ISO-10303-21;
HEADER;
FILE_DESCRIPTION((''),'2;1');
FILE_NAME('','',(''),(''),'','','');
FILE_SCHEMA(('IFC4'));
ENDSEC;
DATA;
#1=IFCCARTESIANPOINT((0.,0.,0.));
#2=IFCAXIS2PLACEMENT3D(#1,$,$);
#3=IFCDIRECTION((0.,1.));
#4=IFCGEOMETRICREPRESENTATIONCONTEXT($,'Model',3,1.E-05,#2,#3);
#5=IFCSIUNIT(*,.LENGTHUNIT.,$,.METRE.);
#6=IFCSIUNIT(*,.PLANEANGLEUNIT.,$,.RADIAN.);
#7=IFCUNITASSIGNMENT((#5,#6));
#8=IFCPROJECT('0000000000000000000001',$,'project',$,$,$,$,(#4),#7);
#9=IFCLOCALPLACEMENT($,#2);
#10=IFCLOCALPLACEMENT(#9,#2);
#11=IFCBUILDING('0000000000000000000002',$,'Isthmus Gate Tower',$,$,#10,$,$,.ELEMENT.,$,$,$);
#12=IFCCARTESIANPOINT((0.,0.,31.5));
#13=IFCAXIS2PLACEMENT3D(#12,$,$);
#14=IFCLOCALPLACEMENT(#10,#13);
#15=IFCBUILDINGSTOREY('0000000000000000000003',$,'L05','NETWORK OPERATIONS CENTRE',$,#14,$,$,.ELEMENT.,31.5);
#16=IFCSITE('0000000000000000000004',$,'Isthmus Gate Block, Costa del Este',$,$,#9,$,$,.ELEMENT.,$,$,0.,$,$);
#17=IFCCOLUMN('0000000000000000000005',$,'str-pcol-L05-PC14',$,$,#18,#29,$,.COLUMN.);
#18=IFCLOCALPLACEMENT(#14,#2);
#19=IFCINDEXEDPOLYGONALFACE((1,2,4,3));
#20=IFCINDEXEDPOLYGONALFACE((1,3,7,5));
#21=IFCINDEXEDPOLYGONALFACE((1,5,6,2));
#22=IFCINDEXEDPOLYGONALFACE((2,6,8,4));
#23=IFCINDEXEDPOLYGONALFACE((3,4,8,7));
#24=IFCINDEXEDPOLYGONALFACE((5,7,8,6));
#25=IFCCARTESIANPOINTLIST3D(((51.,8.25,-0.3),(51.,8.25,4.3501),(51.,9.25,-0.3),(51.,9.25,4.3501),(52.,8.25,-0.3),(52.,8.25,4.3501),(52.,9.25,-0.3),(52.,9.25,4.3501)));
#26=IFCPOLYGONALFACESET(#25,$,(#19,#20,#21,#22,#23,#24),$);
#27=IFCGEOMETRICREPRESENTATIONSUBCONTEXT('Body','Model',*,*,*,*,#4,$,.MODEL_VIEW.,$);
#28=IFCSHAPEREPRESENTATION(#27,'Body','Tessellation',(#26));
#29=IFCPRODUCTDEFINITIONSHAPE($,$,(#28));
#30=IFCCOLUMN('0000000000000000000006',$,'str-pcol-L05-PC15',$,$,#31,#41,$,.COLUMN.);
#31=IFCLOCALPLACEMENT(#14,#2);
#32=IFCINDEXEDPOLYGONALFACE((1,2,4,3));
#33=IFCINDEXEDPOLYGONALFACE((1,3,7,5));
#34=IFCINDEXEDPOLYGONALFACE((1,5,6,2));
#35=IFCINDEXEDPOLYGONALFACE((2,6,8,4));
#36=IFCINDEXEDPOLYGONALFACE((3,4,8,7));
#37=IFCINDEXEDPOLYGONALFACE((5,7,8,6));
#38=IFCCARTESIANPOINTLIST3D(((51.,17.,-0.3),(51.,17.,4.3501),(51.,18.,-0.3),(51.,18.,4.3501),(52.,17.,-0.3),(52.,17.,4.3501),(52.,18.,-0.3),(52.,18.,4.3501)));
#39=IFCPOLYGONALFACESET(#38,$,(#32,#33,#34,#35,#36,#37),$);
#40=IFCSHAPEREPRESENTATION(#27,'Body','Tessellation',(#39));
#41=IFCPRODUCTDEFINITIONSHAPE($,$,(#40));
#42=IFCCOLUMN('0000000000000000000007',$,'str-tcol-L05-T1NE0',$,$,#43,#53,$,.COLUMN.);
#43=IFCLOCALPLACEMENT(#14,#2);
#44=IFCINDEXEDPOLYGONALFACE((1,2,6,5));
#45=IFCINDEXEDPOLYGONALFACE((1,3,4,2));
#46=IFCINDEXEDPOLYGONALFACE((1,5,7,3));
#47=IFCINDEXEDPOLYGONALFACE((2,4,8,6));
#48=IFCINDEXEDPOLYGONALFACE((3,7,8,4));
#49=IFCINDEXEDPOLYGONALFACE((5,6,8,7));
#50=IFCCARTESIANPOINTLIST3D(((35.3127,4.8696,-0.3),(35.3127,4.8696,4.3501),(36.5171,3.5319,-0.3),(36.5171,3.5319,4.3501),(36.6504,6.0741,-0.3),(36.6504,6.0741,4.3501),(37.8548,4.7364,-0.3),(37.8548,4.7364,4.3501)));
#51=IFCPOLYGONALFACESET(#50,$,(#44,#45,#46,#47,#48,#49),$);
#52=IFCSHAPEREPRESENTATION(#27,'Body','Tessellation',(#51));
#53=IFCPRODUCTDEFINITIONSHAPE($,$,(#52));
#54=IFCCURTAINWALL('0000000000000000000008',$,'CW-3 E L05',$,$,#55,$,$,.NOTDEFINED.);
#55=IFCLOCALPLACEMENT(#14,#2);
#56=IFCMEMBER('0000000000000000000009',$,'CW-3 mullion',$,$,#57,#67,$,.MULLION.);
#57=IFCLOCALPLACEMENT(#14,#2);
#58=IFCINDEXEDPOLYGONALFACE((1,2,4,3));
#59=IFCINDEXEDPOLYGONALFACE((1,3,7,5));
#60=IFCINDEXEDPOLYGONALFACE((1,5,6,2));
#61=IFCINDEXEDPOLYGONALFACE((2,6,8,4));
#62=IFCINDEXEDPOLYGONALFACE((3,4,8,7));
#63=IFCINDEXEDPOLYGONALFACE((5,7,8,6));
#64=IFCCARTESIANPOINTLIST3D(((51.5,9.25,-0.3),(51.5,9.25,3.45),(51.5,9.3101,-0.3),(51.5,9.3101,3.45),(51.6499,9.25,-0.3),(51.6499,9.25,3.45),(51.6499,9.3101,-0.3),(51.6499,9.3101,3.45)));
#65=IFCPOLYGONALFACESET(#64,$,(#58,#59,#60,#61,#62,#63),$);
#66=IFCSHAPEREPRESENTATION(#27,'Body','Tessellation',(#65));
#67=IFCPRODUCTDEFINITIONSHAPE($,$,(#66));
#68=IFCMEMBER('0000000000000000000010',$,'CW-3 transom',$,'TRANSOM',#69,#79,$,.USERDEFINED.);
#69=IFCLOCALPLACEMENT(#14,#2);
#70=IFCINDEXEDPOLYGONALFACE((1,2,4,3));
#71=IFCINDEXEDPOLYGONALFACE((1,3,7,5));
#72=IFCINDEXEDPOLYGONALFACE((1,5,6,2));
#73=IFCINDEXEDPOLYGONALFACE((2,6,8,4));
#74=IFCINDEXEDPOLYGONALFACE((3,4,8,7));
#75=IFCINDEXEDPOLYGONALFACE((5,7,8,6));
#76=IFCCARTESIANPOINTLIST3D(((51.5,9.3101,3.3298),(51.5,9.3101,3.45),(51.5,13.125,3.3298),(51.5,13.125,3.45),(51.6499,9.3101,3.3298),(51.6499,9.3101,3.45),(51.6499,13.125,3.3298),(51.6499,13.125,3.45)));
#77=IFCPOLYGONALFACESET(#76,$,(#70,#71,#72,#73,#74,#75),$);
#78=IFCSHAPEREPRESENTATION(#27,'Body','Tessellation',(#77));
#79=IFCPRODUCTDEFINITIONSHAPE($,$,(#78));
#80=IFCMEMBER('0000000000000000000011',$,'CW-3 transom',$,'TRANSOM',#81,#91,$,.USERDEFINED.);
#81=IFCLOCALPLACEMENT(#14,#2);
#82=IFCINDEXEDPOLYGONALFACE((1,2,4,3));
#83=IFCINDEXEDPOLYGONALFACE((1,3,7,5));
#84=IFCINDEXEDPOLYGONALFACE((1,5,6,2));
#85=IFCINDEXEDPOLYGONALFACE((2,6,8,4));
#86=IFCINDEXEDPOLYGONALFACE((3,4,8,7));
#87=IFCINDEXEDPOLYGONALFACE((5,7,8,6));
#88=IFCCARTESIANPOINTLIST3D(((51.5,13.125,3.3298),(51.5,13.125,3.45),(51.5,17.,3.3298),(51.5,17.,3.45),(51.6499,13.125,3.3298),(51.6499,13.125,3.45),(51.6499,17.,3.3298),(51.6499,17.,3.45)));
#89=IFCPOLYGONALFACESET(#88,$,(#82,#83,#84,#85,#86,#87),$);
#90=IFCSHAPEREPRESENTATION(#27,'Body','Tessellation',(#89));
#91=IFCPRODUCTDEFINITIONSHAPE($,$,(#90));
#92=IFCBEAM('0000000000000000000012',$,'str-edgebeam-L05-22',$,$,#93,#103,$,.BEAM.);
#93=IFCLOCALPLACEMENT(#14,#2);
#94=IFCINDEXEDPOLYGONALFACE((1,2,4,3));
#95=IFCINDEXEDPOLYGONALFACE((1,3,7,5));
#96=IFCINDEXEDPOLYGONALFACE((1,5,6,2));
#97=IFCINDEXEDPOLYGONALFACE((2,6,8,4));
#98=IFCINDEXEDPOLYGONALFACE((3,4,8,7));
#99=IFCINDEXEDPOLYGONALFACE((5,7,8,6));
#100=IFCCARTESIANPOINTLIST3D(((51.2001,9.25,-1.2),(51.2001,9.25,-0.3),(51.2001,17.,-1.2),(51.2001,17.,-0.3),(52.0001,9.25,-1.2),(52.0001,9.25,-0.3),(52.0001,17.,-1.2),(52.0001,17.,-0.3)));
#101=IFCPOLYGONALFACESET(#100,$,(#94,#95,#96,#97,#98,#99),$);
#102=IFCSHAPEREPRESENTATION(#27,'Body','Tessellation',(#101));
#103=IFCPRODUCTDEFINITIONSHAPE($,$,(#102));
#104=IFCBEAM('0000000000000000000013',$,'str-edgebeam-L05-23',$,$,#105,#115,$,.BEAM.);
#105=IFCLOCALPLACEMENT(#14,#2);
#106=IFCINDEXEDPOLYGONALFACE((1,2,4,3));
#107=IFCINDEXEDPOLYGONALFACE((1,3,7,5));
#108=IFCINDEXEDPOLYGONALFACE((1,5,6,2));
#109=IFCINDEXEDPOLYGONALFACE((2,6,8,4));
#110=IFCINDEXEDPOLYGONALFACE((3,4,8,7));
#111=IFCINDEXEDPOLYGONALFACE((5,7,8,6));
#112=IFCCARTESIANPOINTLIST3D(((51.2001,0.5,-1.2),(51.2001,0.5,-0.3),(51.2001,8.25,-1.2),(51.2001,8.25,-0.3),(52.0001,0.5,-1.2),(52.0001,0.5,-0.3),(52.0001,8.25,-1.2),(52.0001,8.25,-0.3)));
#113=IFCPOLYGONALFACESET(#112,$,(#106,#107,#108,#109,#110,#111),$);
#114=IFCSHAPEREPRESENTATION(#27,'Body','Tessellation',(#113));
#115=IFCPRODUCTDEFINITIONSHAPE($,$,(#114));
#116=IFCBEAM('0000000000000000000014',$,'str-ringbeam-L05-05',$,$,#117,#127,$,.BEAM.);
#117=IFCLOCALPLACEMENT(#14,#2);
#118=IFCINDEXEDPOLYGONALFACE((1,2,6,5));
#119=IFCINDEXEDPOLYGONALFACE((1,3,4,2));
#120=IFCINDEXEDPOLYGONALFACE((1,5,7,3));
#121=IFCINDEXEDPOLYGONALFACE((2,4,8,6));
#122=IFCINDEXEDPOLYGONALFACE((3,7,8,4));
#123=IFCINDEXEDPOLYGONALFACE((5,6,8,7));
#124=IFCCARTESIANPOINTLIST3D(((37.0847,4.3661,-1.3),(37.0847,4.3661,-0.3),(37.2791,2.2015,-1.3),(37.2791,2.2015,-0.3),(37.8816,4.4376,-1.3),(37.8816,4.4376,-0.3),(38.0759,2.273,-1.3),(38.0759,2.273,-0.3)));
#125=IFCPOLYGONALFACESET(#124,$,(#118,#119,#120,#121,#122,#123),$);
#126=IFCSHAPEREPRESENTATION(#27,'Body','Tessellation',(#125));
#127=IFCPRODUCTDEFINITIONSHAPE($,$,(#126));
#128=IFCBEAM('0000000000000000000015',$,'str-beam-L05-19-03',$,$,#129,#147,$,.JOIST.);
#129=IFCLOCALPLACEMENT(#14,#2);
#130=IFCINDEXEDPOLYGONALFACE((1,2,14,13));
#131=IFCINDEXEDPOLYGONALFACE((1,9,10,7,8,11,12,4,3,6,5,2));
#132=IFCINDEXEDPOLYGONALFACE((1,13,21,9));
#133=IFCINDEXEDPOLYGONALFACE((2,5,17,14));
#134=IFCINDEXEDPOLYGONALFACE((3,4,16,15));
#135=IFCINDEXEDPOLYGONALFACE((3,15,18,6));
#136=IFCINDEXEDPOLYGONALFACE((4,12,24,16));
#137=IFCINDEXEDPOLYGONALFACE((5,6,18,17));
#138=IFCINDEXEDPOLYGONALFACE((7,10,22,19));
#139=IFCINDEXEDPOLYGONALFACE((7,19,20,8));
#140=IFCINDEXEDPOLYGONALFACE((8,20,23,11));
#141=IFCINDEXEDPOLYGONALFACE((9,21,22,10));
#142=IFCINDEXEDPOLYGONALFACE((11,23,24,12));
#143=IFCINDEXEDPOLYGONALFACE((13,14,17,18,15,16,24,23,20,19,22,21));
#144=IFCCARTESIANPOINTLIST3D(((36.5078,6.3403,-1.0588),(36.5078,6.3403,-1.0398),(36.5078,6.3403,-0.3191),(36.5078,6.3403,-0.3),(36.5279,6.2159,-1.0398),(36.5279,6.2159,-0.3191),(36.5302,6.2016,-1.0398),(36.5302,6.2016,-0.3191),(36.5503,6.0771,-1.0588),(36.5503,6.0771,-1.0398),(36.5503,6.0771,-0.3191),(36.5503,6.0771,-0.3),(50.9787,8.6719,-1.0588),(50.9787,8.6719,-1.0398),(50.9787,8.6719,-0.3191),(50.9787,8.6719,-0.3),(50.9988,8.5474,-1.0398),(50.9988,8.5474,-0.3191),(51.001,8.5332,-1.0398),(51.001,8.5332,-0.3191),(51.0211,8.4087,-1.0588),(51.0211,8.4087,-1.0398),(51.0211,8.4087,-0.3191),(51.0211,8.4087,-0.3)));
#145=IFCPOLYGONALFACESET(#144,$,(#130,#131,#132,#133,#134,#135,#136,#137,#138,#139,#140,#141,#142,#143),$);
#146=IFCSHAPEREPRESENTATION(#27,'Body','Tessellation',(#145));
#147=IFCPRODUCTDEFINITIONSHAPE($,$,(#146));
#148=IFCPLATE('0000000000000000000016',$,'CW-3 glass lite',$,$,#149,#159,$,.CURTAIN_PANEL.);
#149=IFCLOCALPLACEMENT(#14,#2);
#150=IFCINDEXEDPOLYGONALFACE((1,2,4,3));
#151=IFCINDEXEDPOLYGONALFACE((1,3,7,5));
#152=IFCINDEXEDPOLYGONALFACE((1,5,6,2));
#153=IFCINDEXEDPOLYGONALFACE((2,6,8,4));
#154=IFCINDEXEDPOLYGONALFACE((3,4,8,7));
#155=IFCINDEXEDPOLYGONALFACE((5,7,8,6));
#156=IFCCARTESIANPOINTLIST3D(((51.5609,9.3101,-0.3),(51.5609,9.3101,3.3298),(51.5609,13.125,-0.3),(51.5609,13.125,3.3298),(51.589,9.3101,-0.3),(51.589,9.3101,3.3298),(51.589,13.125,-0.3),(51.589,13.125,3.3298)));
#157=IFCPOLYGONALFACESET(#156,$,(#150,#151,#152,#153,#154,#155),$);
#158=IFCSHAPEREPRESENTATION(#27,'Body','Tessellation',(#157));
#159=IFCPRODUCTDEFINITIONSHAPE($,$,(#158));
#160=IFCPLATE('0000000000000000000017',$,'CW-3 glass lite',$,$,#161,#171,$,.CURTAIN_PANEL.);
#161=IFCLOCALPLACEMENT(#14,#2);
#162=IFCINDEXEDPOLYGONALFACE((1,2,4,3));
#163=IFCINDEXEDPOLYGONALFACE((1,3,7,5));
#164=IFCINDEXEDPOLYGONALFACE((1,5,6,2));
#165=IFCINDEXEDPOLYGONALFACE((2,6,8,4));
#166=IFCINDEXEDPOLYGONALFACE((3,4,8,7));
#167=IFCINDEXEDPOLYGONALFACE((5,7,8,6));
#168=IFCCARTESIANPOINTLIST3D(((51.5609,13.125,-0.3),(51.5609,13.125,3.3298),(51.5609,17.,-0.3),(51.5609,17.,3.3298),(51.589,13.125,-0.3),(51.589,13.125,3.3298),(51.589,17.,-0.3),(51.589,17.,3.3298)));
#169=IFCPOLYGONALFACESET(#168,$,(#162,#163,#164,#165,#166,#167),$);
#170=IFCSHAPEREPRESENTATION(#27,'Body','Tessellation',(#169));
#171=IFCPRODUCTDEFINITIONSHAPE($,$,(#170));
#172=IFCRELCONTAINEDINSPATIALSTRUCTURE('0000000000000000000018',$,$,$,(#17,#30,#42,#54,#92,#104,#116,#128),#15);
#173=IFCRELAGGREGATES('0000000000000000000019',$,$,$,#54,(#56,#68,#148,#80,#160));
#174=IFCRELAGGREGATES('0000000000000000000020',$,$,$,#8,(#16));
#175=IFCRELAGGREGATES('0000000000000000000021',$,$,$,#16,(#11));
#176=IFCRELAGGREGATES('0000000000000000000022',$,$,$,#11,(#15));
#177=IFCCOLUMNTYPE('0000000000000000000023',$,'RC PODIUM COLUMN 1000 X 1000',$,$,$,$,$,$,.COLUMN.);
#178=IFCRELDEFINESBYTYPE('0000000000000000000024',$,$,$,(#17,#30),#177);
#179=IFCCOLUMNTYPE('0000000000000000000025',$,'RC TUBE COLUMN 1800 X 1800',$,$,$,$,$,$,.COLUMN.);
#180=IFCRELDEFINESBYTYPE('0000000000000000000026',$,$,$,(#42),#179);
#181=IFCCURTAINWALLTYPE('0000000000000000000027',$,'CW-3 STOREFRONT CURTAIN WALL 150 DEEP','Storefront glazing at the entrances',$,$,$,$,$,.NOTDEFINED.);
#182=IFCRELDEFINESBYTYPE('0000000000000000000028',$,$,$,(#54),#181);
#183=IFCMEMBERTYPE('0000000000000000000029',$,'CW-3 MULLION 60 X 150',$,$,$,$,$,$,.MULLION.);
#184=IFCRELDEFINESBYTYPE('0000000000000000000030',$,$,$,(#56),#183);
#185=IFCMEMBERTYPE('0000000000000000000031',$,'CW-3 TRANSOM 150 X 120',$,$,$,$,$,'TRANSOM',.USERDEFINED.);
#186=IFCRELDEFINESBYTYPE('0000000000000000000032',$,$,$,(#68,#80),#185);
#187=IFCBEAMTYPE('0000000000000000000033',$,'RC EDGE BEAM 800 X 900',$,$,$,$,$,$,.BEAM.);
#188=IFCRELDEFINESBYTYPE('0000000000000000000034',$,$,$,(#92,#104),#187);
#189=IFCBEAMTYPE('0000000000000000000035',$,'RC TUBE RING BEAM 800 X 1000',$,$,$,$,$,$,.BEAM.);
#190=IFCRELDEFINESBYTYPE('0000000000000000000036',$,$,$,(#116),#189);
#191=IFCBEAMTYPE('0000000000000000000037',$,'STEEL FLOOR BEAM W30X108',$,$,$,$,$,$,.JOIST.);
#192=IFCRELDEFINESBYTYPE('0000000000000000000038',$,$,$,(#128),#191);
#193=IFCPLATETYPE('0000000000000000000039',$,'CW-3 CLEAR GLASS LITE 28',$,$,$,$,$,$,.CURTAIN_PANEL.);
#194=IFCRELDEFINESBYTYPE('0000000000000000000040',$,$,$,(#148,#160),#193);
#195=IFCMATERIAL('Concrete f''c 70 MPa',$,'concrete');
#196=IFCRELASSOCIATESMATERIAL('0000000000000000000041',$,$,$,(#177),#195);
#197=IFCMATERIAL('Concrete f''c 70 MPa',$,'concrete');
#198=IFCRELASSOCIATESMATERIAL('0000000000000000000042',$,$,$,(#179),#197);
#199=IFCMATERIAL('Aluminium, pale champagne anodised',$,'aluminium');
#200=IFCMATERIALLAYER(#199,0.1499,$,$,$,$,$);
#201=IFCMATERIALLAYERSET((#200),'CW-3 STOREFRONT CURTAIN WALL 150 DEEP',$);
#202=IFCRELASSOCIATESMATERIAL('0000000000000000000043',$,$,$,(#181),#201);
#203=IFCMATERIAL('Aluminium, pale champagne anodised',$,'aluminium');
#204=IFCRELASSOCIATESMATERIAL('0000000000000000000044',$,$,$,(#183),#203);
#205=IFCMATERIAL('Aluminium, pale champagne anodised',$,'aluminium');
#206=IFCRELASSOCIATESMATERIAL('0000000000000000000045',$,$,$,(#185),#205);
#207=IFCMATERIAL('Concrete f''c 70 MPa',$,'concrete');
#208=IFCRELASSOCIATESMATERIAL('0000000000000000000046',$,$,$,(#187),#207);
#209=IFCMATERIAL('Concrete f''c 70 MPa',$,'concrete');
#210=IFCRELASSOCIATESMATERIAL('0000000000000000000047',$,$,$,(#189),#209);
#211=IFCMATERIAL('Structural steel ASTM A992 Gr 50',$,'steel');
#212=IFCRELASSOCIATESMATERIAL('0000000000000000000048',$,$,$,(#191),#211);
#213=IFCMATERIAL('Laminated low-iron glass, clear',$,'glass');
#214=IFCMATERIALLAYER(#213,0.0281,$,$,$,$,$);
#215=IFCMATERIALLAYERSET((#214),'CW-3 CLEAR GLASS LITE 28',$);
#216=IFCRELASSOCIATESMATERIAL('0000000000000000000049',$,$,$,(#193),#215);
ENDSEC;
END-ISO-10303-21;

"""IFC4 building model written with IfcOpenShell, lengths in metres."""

from ifc_helpers import new_model, si_unit, direction, frame, origin, origin_2d, place, context, subcontext, project, spatial, rectangle, i_section, extrude, material, layer, layer_set, material_profile, profile_set, type_object, element, aggregate, save


model = new_model("IFC4")

# Units and contexts
model_context = context("Model", 3, precision=1e-05, world=origin(), true_north=direction((0.0, 1.0)))
body_context = subcontext(model_context, "Body", "Model", "MODEL_VIEW")
ifc_project = project(units=[si_unit("LENGTHUNIT", "METRE"), si_unit("PLANEANGLEUNIT", "RADIAN")], contexts=[model_context])

# Site, building, storey
site_placement = place(None, origin())
site = spatial("IfcSite", under=ifc_project, at=site_placement, Name="Isthmus Gate Block, Costa del Este", CompositionType="ELEMENT", RefElevation=0.0)
building_placement = place(site_placement, origin())
building = spatial("IfcBuilding", under=site, at=building_placement, Name="Isthmus Gate Tower", CompositionType="ELEMENT")
storey_placement = place(building_placement, frame((0.0, 0.0, 31.5)))
storey = spatial("IfcBuildingStorey", under=building, at=storey_placement, Name="L05", Description="NETWORK OPERATIONS CENTRE", CompositionType="ELEMENT", Elevation=31.5)

# Columns
ifc_material_1 = material(Name="Concrete f'c 70 MPa", Category="concrete")
ifc_material_profile_1 = material_profile(ifc_material_1, rectangle(XDim=1.0, YDim=1.0, at=origin_2d()), Name="RC 1000X1000")
ifc_profile_set_1 = profile_set([ifc_material_profile_1], Name="Concrete f'c 70 MPa")
column_type_1 = type_object("IfcColumnType", Name="RC PODIUM COLUMN 1000 X 1000", PredefinedType="COLUMN", material=ifc_profile_set_1)
for number, where, z_axis, x_axis, name in (
    (1, (51.5, 8.75, -0.3), (0.0, 0.0, 1.0), (0.0, 1.0, 0.0), "str-pcol-L05-PC14"),
    (2, (51.5, 17.5, -0.3), (0.0, 0.0, 1.0), (0.0, 1.0, 0.0), "str-pcol-L05-PC15"),
):
    element("IfcColumn", number, at=place(storey_placement, frame(where, z_axis=z_axis, x_axis=x_axis)), inside=storey, type_object=column_type_1, Name=name, PredefinedType="COLUMN", context=body_context, shape_type="SweptSolid", body=[
        extrude(rectangle(XDim=1.0, YDim=1.0, at=origin_2d()), origin(), (0.0, 0.0, 1.0), 4.6501),
    ])
ifc_material_2 = material(Name="Concrete f'c 70 MPa", Category="concrete")
ifc_material_profile_2 = material_profile(ifc_material_2, rectangle(XDim=1.8, YDim=1.8, at=origin_2d()), Name="RC 1800X1800")
ifc_profile_set_2 = profile_set([ifc_material_profile_2], Name="Concrete f'c 70 MPa")
column_type_2 = type_object("IfcColumnType", Name="RC TUBE COLUMN 1800 X 1800", PredefinedType="COLUMN", material=ifc_profile_set_2)
column_placement = place(storey_placement, frame((36.5837, 4.803, -0.3), z_axis=(0.0, 0.0, 1.0), x_axis=(-0.669131, 0.743145, 0.0)))
element("IfcColumn", 3, at=column_placement, inside=storey, type_object=column_type_2, Name="str-tcol-L05-T1NE0", PredefinedType="COLUMN", context=body_context, shape_type="SweptSolid", body=[
    extrude(rectangle(XDim=1.8, YDim=1.8, at=origin_2d()), origin(), (0.0, 0.0, 1.0), 4.6501),
])

# Curtain wall, members
ifc_material_3 = material(Name="Aluminium, pale champagne anodised", Category="aluminium")
ifc_layer_1 = layer(ifc_material_3, 0.1499)
ifc_layer_set_1 = layer_set([ifc_layer_1], Name="CW-3 STOREFRONT CURTAIN WALL 150 DEEP")
curtain_wall_type = type_object("IfcCurtainWallType", Name="CW-3 STOREFRONT CURTAIN WALL 150 DEEP", Description="Storefront glazing at the entrances", PredefinedType="NOTDEFINED", material=ifc_layer_set_1)
curtain_wall_placement = place(storey_placement, origin())
curtain_wall = element("IfcCurtainWall", 4, at=curtain_wall_placement, inside=storey, type_object=curtain_wall_type, Name="CW-3 E L05", PredefinedType="NOTDEFINED")
ifc_material_4 = material(Name="Aluminium, pale champagne anodised", Category="aluminium")
ifc_material_profile_3 = material_profile(ifc_material_4, rectangle(XDim=0.0601, YDim=0.1499, at=origin_2d()), Name="60x150")
ifc_profile_set_3 = profile_set([ifc_material_profile_3], Name="Aluminium, pale champagne anodised")
member_type_1 = type_object("IfcMemberType", Name="CW-3 MULLION 60 X 150", PredefinedType="MULLION", material=ifc_profile_set_3)
member_1_placement = place(storey_placement, frame((51.575, 9.28, -0.3), z_axis=(0.0, 0.0, 1.0), x_axis=(0.0, 1.0, 0.0)))
member_1 = element("IfcMember", 5, at=member_1_placement, type_object=member_type_1, Name="CW-3 mullion", PredefinedType="MULLION", context=body_context, shape_type="SweptSolid", body=[
    extrude(rectangle(XDim=0.0601, YDim=0.1499, at=origin_2d()), origin(), (0.0, 0.0, 1.0), 3.75),
])
ifc_material_5 = material(Name="Aluminium, pale champagne anodised", Category="aluminium")
ifc_material_profile_4 = material_profile(ifc_material_5, rectangle(XDim=0.1499, YDim=0.1201, at=origin_2d()), Name="150x120")
ifc_profile_set_4 = profile_set([ifc_material_profile_4], Name="Aluminium, pale champagne anodised")
member_type_2 = type_object("IfcMemberType", Name="CW-3 TRANSOM 150 X 120", ElementType="TRANSOM", PredefinedType="USERDEFINED", material=ifc_profile_set_4)
member_2_placement = place(storey_placement, frame((51.575, 9.3101, 3.3899), z_axis=(0.0, 1.0, 0.0), x_axis=(-1.0, 0.0, 0.0)))
member_2 = element("IfcMember", 6, at=member_2_placement, type_object=member_type_2, Name="CW-3 transom", ObjectType="TRANSOM", PredefinedType="USERDEFINED", context=body_context, shape_type="SweptSolid", body=[
    extrude(rectangle(XDim=0.1499, YDim=0.1201, at=origin_2d()), origin(), (0.0, 0.0, 1.0), 3.8149),
])
member_3_placement = place(storey_placement, frame((51.575, 13.125, 3.3899), z_axis=(0.0, 1.0, 0.0), x_axis=(-1.0, 0.0, 0.0)))
member_3 = element("IfcMember", 7, at=member_3_placement, type_object=member_type_2, Name="CW-3 transom", ObjectType="TRANSOM", PredefinedType="USERDEFINED", context=body_context, shape_type="SweptSolid", body=[
    extrude(rectangle(XDim=0.1499, YDim=0.1201, at=origin_2d()), origin(), (0.0, 0.0, 1.0), 3.875),
])

# Beams
ifc_material_6 = material(Name="Concrete f'c 70 MPa", Category="concrete")
ifc_material_profile_5 = material_profile(ifc_material_6, rectangle(XDim=0.8, YDim=0.8999, at=origin_2d()), Name="RC 800X900")
ifc_profile_set_5 = profile_set([ifc_material_profile_5], Name="Concrete f'c 70 MPa")
beam_type_1 = type_object("IfcBeamType", Name="RC EDGE BEAM 800 X 900", PredefinedType="BEAM", material=ifc_profile_set_5)
for number, where, z_axis, x_axis, name in (
    (8, (51.6001, 17.0, -0.75), (0.0, -1.0, 0.0), (1.0, 0.0, 0.0), "str-edgebeam-L05-22"),
    (9, (51.6001, 8.25, -0.75), (0.0, -1.0, 0.0), (1.0, 0.0, 0.0), "str-edgebeam-L05-23"),
):
    element("IfcBeam", number, at=place(storey_placement, frame(where, z_axis=z_axis, x_axis=x_axis)), inside=storey, type_object=beam_type_1, Name=name, PredefinedType="BEAM", context=body_context, shape_type="SweptSolid", body=[
        extrude(rectangle(XDim=0.8, YDim=0.8999, at=origin_2d()), origin(), (0.0, 0.0, 1.0), 7.75),
    ])
ifc_material_7 = material(Name="Concrete f'c 70 MPa", Category="concrete")
ifc_material_profile_6 = material_profile(ifc_material_7, rectangle(XDim=0.8, YDim=1.0, at=origin_2d()), Name="RC 800X1000")
ifc_profile_set_6 = profile_set([ifc_material_profile_6], Name="Concrete f'c 70 MPa")
beam_type_2 = type_object("IfcBeamType", Name="RC TUBE RING BEAM 800 X 1000", PredefinedType="BEAM", material=ifc_profile_set_6)
beam_1_placement = place(storey_placement, frame((37.4832, 4.4019, -0.8), z_axis=(0.089422, -0.995994, 0.0), x_axis=(0.995994, 0.089422, 0.0)))
element("IfcBeam", 10, at=beam_1_placement, inside=storey, type_object=beam_type_2, Name="str-ringbeam-L05-05", PredefinedType="BEAM", context=body_context, shape_type="SweptSolid", body=[
    extrude(rectangle(XDim=0.8, YDim=1.0, at=origin_2d()), origin(), (0.0, 0.0, 1.0), 2.1733),
])
ifc_material_8 = material(Name="Structural steel ASTM A992 Gr 50", Category="steel")
ifc_material_profile_7 = material_profile(ifc_material_8, i_section(OverallWidth=0.2666, OverallDepth=0.7588, WebThickness=0.0144, FlangeThickness=0.019, at=origin_2d()), Name="W30X108")
ifc_profile_set_7 = profile_set([ifc_material_profile_7], Name="Structural steel ASTM A992 Gr 50")
beam_type_3 = type_object("IfcBeamType", Name="STEEL FLOOR BEAM W30X108", PredefinedType="JOIST", material=ifc_profile_set_7)
beam_2_placement = place(storey_placement, frame((36.5291, 6.2087, -0.6794), z_axis=(0.987268, 0.159067, 0.0), x_axis=(-0.159067, 0.987268, 0.0)))
element("IfcBeam", 11, at=beam_2_placement, inside=storey, type_object=beam_type_3, Name="str-beam-L05-19-03", PredefinedType="JOIST", context=body_context, shape_type="SweptSolid", body=[
    extrude(i_section(OverallWidth=0.2666, OverallDepth=0.7588, WebThickness=0.0144, FlangeThickness=0.019, at=origin_2d()), origin(), (0.0, 0.0, 1.0), 14.6575),
])

# Plates
ifc_material_9 = material(Name="Laminated low-iron glass, clear", Category="glass")
ifc_layer_2 = layer(ifc_material_9, 0.0281)
ifc_layer_set_2 = layer_set([ifc_layer_2], Name="CW-3 CLEAR GLASS LITE 28")
plate_type = type_object("IfcPlateType", Name="CW-3 CLEAR GLASS LITE 28", PredefinedType="CURTAIN_PANEL", material=ifc_layer_set_2)
plate_1_placement = place(storey_placement, frame((51.575, 11.2175, -0.3), z_axis=(0.0, 0.0, 1.0), x_axis=(0.0, 1.0, 0.0)))
plate_1 = element("IfcPlate", 12, at=plate_1_placement, type_object=plate_type, Name="CW-3 glass lite", PredefinedType="CURTAIN_PANEL", context=body_context, shape_type="SweptSolid", body=[
    extrude(rectangle(XDim=3.8149, YDim=0.0281, at=origin_2d()), origin(), (0.0, 0.0, 1.0), 3.6299),
])
plate_2_placement = place(storey_placement, frame((51.575, 15.0625, -0.3), z_axis=(0.0, 0.0, 1.0), x_axis=(0.0, 1.0, 0.0)))
plate_2 = element("IfcPlate", 13, at=plate_2_placement, type_object=plate_type, Name="CW-3 glass lite", PredefinedType="CURTAIN_PANEL", context=body_context, shape_type="SweptSolid", body=[
    extrude(rectangle(XDim=3.875, YDim=0.0281, at=origin_2d()), origin(), (0.0, 0.0, 1.0), 3.6299),
])
aggregate(curtain_wall, [member_1, member_2, plate_1, member_3, plate_2])

save(model, "model.ifc")
